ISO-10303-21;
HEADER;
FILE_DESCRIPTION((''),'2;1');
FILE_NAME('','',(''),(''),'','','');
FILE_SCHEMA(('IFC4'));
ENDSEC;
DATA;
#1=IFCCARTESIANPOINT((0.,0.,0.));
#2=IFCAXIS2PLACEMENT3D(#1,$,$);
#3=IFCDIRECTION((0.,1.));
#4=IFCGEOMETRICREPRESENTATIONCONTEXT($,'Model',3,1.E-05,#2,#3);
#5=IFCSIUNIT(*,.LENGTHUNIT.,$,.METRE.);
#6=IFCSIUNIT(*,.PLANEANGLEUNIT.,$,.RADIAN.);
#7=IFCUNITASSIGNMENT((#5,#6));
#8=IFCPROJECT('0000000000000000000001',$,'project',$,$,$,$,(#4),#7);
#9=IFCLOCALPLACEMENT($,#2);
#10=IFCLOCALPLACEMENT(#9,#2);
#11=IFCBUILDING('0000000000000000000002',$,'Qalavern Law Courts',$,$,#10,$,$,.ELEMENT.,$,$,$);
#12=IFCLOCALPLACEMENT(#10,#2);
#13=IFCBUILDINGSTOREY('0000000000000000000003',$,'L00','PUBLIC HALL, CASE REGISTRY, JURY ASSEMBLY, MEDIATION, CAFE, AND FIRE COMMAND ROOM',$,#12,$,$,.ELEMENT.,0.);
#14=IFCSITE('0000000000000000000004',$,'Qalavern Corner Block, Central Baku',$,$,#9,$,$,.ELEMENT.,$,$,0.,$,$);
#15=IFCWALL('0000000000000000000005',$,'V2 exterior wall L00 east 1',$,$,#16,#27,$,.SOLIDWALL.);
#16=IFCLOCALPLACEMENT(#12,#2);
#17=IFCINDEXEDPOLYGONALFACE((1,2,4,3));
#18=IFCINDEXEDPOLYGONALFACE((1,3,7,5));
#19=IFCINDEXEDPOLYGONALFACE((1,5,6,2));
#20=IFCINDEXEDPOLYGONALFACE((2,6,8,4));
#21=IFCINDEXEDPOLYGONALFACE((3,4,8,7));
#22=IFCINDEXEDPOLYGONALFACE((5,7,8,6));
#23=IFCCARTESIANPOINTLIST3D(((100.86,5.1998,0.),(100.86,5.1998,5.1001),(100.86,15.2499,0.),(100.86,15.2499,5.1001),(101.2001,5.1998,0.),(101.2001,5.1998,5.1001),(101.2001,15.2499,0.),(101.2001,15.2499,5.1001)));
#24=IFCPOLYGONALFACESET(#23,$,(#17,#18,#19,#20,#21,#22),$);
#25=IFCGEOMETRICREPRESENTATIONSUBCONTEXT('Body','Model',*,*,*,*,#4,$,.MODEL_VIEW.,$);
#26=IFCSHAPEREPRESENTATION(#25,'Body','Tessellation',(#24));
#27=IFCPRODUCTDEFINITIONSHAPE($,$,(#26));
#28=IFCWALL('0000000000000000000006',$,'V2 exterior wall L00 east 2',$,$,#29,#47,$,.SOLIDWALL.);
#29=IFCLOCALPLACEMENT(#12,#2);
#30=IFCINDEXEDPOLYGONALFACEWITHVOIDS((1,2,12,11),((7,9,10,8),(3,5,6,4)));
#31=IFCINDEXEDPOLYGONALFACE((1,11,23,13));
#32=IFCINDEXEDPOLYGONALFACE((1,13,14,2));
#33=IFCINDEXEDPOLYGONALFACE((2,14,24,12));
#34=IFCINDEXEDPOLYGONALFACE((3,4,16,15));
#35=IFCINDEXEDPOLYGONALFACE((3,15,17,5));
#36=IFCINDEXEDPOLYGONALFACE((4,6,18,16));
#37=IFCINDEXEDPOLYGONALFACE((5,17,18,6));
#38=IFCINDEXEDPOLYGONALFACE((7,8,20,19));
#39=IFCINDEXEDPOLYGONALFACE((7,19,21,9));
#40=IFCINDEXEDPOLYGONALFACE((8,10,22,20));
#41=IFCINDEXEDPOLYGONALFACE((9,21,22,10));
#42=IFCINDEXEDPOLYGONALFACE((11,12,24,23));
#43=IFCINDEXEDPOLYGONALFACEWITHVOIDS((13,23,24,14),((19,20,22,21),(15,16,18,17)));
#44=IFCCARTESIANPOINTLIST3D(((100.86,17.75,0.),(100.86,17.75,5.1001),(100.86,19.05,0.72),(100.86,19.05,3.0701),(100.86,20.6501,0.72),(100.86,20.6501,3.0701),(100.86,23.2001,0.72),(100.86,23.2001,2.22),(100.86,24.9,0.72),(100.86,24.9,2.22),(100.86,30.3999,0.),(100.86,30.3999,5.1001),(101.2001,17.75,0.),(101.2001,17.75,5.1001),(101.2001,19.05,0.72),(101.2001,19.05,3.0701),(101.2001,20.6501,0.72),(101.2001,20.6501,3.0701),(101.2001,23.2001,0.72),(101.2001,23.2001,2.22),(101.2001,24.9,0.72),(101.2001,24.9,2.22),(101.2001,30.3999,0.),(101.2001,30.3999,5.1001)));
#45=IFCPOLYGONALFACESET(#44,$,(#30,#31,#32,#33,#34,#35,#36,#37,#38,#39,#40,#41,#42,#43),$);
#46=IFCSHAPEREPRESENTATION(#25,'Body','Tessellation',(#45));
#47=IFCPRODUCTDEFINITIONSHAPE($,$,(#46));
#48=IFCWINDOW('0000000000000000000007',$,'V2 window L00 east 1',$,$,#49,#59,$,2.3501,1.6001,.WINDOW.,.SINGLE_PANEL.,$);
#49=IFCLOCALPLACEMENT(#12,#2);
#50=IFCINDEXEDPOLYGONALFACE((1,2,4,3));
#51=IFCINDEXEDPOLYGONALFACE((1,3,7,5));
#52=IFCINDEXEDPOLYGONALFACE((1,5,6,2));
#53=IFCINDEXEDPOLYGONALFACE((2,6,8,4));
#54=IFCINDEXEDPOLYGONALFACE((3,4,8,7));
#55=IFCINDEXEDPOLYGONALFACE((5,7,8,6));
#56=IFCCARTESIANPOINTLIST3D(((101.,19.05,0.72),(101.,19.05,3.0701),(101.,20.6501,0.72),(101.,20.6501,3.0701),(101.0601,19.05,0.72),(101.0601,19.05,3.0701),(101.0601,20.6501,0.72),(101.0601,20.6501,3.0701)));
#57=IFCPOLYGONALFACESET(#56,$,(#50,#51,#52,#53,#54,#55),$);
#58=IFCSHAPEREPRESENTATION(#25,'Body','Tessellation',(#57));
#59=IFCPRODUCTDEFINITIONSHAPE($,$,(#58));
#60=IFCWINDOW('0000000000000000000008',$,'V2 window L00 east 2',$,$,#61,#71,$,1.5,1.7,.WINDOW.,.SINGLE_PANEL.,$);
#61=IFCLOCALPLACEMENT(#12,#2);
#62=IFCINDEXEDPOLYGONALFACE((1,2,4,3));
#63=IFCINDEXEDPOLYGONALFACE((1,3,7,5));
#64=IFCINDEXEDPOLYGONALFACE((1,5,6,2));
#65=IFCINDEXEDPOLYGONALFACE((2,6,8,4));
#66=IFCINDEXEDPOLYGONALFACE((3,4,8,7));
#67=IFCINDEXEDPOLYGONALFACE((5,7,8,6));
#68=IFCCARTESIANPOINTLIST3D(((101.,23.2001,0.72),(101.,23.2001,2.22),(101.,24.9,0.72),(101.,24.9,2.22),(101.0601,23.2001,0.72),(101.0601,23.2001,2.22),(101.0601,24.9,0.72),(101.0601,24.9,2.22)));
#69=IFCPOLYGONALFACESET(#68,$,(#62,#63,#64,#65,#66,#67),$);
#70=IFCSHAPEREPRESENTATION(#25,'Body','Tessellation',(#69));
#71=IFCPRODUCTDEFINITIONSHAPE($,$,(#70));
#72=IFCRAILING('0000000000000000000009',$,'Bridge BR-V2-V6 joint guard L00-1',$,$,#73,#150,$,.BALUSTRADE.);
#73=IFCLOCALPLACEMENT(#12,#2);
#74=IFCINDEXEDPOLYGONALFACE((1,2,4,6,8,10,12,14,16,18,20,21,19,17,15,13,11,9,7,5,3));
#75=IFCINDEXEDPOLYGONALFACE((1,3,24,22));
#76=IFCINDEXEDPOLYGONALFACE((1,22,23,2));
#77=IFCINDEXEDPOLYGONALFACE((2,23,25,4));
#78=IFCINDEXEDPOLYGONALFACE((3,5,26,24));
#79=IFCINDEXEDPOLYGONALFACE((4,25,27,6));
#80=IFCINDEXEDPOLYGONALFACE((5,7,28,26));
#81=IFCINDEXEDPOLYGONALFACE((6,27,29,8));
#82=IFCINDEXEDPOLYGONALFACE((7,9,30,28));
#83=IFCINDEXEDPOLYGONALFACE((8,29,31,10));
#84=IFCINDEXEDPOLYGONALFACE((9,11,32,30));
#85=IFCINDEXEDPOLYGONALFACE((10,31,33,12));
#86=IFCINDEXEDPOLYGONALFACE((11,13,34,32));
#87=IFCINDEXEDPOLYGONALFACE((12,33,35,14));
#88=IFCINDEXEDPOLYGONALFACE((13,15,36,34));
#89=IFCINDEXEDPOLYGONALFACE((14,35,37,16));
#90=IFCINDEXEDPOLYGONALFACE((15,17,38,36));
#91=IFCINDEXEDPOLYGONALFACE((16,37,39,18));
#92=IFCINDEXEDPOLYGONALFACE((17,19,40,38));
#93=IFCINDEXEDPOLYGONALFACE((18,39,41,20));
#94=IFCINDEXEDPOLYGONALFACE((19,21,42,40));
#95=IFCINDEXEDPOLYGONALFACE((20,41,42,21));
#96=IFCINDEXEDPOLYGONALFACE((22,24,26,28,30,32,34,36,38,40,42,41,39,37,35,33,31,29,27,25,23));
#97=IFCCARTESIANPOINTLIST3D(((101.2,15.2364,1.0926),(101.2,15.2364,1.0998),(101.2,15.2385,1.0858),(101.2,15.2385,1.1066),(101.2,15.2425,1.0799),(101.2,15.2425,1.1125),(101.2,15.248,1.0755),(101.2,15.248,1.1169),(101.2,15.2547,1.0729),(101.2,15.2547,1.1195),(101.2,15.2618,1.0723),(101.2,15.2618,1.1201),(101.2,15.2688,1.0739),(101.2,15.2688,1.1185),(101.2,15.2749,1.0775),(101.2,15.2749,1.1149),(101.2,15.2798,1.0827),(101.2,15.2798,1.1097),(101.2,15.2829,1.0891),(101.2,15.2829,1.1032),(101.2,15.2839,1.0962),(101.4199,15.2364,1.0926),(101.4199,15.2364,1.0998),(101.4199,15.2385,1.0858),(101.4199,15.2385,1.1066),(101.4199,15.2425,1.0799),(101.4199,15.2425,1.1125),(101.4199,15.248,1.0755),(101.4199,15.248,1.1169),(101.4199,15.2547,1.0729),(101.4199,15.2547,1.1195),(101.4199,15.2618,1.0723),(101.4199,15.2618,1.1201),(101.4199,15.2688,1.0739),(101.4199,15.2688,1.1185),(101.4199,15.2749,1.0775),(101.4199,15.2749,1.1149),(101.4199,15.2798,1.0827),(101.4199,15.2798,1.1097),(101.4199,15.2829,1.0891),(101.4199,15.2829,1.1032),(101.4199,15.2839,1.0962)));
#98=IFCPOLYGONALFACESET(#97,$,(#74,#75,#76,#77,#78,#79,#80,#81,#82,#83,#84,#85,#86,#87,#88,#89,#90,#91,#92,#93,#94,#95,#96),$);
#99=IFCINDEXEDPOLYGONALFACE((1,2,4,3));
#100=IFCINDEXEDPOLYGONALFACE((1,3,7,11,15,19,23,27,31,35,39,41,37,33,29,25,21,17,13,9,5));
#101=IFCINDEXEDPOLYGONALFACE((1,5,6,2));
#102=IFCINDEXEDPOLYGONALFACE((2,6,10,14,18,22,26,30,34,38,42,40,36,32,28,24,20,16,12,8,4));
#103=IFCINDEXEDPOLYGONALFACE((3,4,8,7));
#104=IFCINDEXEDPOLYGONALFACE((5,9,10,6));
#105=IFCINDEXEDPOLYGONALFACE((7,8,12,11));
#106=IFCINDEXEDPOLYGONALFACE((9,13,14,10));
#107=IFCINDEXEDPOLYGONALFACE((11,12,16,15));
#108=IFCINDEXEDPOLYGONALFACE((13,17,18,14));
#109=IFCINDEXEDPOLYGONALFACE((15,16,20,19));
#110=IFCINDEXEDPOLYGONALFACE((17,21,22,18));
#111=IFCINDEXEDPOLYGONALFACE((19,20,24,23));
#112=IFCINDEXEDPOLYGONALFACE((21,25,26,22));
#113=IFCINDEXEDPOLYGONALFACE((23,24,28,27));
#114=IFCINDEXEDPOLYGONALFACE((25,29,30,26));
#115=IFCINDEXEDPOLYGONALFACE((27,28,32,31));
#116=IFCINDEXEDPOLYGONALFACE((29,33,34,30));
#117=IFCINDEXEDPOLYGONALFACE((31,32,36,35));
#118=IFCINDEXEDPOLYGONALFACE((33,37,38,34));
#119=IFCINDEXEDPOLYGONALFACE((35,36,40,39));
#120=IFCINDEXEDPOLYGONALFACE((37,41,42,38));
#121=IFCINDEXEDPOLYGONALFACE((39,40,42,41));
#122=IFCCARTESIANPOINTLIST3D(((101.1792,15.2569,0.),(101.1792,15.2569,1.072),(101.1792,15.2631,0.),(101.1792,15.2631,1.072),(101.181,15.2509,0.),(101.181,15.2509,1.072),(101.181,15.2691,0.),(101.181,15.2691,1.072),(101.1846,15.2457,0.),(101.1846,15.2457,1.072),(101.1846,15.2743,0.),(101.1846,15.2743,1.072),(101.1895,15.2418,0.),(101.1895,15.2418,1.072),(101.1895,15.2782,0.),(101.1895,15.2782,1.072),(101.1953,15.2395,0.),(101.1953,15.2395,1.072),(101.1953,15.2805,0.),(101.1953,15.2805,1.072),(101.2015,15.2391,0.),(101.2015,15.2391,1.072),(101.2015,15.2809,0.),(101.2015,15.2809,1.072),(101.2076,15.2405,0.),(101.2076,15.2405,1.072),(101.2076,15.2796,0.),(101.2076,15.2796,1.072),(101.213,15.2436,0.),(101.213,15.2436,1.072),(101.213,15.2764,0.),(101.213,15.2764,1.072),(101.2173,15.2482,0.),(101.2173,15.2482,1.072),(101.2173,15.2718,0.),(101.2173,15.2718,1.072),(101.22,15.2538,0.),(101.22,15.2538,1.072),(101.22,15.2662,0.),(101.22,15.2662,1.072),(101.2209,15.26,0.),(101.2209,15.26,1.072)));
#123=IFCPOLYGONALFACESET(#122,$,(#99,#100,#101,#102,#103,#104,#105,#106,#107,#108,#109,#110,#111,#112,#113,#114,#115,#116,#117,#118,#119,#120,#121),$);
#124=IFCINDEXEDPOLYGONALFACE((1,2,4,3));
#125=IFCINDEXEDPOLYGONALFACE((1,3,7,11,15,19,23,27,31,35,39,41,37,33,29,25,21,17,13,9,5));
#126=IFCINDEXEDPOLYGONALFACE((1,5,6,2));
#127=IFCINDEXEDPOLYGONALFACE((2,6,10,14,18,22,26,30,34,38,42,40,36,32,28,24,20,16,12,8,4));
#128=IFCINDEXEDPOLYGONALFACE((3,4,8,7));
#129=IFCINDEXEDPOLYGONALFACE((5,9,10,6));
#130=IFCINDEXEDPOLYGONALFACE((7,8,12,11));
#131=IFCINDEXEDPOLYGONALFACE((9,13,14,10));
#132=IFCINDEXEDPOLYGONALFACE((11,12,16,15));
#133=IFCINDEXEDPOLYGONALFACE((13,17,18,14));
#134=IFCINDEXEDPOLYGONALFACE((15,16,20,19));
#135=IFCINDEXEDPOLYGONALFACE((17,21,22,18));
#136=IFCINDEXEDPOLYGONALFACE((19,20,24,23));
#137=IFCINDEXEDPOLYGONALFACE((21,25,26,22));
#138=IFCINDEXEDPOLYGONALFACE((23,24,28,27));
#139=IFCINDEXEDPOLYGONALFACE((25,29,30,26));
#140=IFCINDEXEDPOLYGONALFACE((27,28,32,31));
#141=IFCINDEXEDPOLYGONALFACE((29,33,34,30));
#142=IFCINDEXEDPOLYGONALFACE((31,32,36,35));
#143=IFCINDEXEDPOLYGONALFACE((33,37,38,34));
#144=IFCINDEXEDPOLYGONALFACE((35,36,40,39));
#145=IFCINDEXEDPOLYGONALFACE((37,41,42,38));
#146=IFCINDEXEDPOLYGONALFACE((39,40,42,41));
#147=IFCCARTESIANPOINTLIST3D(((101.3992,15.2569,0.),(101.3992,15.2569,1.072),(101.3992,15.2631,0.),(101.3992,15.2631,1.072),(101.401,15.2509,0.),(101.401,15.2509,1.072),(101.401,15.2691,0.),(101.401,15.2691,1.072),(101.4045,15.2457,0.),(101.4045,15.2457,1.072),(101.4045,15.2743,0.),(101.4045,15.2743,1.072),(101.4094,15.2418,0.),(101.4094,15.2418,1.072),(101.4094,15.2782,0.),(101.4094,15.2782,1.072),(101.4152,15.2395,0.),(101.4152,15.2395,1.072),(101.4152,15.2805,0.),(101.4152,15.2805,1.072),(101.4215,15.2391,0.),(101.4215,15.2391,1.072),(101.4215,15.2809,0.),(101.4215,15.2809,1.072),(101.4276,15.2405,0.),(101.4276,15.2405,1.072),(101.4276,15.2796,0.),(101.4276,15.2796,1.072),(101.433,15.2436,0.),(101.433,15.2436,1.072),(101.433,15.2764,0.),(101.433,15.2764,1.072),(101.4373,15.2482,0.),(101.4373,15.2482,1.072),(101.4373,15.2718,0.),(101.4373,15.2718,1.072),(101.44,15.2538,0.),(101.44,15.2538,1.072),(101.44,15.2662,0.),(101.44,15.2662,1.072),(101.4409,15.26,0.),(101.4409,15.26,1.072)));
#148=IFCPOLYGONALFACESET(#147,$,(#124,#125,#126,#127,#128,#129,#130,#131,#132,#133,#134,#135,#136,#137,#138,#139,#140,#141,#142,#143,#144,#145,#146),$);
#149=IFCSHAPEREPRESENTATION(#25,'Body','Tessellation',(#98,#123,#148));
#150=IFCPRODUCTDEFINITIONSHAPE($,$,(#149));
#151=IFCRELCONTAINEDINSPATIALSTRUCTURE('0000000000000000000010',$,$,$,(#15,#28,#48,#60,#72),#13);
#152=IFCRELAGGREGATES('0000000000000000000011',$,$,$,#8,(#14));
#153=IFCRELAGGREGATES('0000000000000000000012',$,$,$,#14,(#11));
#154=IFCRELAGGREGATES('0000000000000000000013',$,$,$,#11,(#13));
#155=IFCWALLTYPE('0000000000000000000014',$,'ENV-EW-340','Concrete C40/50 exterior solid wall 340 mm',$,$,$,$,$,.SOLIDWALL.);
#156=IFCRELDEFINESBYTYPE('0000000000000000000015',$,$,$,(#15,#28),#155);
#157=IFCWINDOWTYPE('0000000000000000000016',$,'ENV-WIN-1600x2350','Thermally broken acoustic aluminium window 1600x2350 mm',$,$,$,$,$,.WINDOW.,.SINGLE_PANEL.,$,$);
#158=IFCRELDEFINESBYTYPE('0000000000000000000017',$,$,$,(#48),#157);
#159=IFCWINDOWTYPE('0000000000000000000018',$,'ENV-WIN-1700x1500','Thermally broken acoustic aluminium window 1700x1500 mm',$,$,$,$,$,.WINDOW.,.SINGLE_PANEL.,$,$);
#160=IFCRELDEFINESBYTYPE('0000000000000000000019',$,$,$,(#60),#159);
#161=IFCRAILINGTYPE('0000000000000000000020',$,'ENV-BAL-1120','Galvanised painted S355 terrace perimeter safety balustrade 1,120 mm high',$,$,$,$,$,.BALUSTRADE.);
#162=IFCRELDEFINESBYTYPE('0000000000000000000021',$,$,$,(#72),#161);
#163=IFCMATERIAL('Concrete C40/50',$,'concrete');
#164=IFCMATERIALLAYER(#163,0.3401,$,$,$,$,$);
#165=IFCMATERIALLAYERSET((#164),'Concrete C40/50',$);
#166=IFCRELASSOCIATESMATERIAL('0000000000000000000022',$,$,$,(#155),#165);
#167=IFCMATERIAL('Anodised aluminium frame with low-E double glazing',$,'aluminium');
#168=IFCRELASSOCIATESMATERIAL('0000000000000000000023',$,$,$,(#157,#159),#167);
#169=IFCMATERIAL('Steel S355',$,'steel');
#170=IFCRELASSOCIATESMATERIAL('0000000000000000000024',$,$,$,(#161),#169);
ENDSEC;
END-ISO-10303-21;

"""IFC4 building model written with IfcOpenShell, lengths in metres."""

from ifc_helpers import new_model, si_unit, direction, frame, frame_2d, origin, origin_2d, place, context, subcontext, project, spatial, rectangle, circle, extrude, material, layer, layer_set, type_object, element, fill, save


model = new_model("IFC4")

# Units and contexts
model_context = context("Model", 3, precision=1e-05, world=origin(), true_north=direction((0.0, 1.0)))
body_context = subcontext(model_context, "Body", "Model", "MODEL_VIEW")
ifc_project = project(units=[si_unit("LENGTHUNIT", "METRE"), si_unit("PLANEANGLEUNIT", "RADIAN")], contexts=[model_context])

# Site, building, storey
site_placement = place(None, origin())
site = spatial("IfcSite", under=ifc_project, at=site_placement, Name="Qalavern Corner Block, Central Baku", CompositionType="ELEMENT", RefElevation=0.0)
building_placement = place(site_placement, origin())
building = spatial("IfcBuilding", under=site, at=building_placement, Name="Qalavern Law Courts", CompositionType="ELEMENT")
storey_placement = place(building_placement, origin())
storey = spatial("IfcBuildingStorey", under=building, at=storey_placement, Name="L00", Description="PUBLIC HALL, CASE REGISTRY, JURY ASSEMBLY, MEDIATION, CAFE, AND FIRE COMMAND ROOM", CompositionType="ELEMENT", Elevation=0.0)

# Shared definitions
ifc_material_1 = material(Name="Steel S355", Category="steel")

# Wall
ifc_material_2 = material(Name="Concrete C40/50", Category="concrete")
ifc_layer_1 = layer(ifc_material_2, 0.3401)
ifc_layer_set_1 = layer_set([ifc_layer_1], Name="Concrete C40/50")
wall_type = type_object("IfcWallType", Name="ENV-EW-340", Description="Concrete C40/50 exterior solid wall 340 mm", PredefinedType="SOLIDWALL", material=ifc_layer_set_1)
wall_1_placement = place(storey_placement, frame((101.03, 5.2, 0.0), z_axis=(0.0, 0.0, 1.0), x_axis=(0.0, 1.0, 0.0)))
element("IfcWall", 1, at=wall_1_placement, inside=storey, type_object=wall_type, Name="V2 exterior wall L00 east 1", PredefinedType="SOLIDWALL", context=body_context, shape_type="SweptSolid", body=[
    extrude(rectangle(XDim=10.05, YDim=0.3401, at=frame_2d((5.0249, 0.0))), origin(), (0.0, 0.0, 1.0), 5.1001),
])

# Wall, openings, windows
wall_2_placement = place(storey_placement, frame((101.03, 17.75, 0.0), z_axis=(0.0, 0.0, 1.0), x_axis=(0.0, 1.0, 0.0)))
wall_2 = element("IfcWall", 2, at=wall_2_placement, inside=storey, type_object=wall_type, Name="V2 exterior wall L00 east 2", PredefinedType="SOLIDWALL", context=body_context, shape_type="SweptSolid", body=[
    extrude(rectangle(XDim=12.6499, YDim=0.3401, at=frame_2d((6.325, 0.0))), origin(), (0.0, 0.0, 1.0), 5.1001),
])
opening_1_placement = place(wall_2_placement, frame((1.3, 0.0, 0.72)))
opening_1 = element("IfcOpeningElement", 3, at=opening_1_placement, cuts=wall_2, PredefinedType="OPENING", context=body_context, shape_type="SweptSolid", body=[
    extrude(rectangle(XDim=1.6001, YDim=2.3501, at=frame_2d((0.8, 1.175))), frame((0.0, 0.1851, 0.0), z_axis=(0.0, -1.0, 0.0), x_axis=(1.0, 0.0, 0.0)), (0.0, 0.0, 1.0), 0.3699),
])
opening_2_placement = place(wall_2_placement, frame((5.45, 0.0, 0.72)))
opening_2 = element("IfcOpeningElement", 4, at=opening_2_placement, cuts=wall_2, PredefinedType="OPENING", context=body_context, shape_type="SweptSolid", body=[
    extrude(rectangle(XDim=1.7, YDim=1.5, at=frame_2d((0.8501, 0.75))), frame((0.0, 0.1851, 0.0), z_axis=(0.0, -1.0, 0.0), x_axis=(1.0, 0.0, 0.0)), (0.0, 0.0, 1.0), 0.3699),
])
ifc_material_3 = material(Name="Anodised aluminium frame with low-E double glazing", Category="aluminium")
window_type_1 = type_object("IfcWindowType", Name="ENV-WIN-1600x2350", Description="Thermally broken acoustic aluminium window 1600x2350 mm", PartitioningType="SINGLE_PANEL", PredefinedType="WINDOW", material=ifc_material_3)
window_1_placement = place(opening_1_placement, origin())
window_1 = element("IfcWindow", 5, at=window_1_placement, inside=storey, type_object=window_type_1, Name="V2 window L00 east 1", OverallHeight=2.3501, OverallWidth=1.6001, PartitioningType="SINGLE_PANEL", PredefinedType="WINDOW", context=body_context, shape_type="SweptSolid", body=[
    extrude(rectangle(XDim=1.6001, YDim=2.3501, at=frame_2d((0.8, 1.175))), frame((0.0, 0.03, 0.0), z_axis=(0.0, -1.0, 0.0), x_axis=(1.0, 0.0, 0.0)), (0.0, 0.0, 1.0), 0.0601),
])
fill(opening_1, window_1)
window_type_2 = type_object("IfcWindowType", Name="ENV-WIN-1700x1500", Description="Thermally broken acoustic aluminium window 1700x1500 mm", PartitioningType="SINGLE_PANEL", PredefinedType="WINDOW", material=ifc_material_3)
window_2_placement = place(opening_2_placement, origin())
window_2 = element("IfcWindow", 6, at=window_2_placement, inside=storey, type_object=window_type_2, Name="V2 window L00 east 2", OverallHeight=1.5, OverallWidth=1.7, PartitioningType="SINGLE_PANEL", PredefinedType="WINDOW", context=body_context, shape_type="SweptSolid", body=[
    extrude(rectangle(XDim=1.7, YDim=1.5, at=frame_2d((0.8501, 0.75))), frame((0.0, 0.03, 0.0), z_axis=(0.0, -1.0, 0.0), x_axis=(1.0, 0.0, 0.0)), (0.0, 0.0, 1.0), 0.0601),
])
fill(opening_2, window_2)

# Railing
railing_type = type_object("IfcRailingType", Name="ENV-BAL-1120", Description="Galvanised painted S355 terrace perimeter safety balustrade 1,120 mm high", PredefinedType="BALUSTRADE", material=ifc_material_1)
for number, where, name in (
    (7, (101.2, 15.26, 0.0), "Bridge BR-V2-V6 joint guard L00-1"),
):
    element("IfcRailing", number, at=place(storey_placement, frame(where)), inside=storey, type_object=railing_type, Name=name, PredefinedType="BALUSTRADE", context=body_context, shape_type="SweptSolid", body=[
        extrude(circle(Radius=0.0239, at=origin_2d()), frame((0.0, 0.0, 1.0962), z_axis=(1.0, 0.0, 0.0), x_axis=(0.0, 1.0, 0.0)), (0.0, 0.0, 1.0), 0.22),
        extrude(circle(Radius=0.021, at=origin_2d()), origin(), (0.0, 0.0, 1.0), 1.072),
        extrude(circle(Radius=0.021, at=origin_2d()), frame((0.22, 0.0, 0.0)), (0.0, 0.0, 1.0), 1.072),
    ])

save(model, "model.ifc")
